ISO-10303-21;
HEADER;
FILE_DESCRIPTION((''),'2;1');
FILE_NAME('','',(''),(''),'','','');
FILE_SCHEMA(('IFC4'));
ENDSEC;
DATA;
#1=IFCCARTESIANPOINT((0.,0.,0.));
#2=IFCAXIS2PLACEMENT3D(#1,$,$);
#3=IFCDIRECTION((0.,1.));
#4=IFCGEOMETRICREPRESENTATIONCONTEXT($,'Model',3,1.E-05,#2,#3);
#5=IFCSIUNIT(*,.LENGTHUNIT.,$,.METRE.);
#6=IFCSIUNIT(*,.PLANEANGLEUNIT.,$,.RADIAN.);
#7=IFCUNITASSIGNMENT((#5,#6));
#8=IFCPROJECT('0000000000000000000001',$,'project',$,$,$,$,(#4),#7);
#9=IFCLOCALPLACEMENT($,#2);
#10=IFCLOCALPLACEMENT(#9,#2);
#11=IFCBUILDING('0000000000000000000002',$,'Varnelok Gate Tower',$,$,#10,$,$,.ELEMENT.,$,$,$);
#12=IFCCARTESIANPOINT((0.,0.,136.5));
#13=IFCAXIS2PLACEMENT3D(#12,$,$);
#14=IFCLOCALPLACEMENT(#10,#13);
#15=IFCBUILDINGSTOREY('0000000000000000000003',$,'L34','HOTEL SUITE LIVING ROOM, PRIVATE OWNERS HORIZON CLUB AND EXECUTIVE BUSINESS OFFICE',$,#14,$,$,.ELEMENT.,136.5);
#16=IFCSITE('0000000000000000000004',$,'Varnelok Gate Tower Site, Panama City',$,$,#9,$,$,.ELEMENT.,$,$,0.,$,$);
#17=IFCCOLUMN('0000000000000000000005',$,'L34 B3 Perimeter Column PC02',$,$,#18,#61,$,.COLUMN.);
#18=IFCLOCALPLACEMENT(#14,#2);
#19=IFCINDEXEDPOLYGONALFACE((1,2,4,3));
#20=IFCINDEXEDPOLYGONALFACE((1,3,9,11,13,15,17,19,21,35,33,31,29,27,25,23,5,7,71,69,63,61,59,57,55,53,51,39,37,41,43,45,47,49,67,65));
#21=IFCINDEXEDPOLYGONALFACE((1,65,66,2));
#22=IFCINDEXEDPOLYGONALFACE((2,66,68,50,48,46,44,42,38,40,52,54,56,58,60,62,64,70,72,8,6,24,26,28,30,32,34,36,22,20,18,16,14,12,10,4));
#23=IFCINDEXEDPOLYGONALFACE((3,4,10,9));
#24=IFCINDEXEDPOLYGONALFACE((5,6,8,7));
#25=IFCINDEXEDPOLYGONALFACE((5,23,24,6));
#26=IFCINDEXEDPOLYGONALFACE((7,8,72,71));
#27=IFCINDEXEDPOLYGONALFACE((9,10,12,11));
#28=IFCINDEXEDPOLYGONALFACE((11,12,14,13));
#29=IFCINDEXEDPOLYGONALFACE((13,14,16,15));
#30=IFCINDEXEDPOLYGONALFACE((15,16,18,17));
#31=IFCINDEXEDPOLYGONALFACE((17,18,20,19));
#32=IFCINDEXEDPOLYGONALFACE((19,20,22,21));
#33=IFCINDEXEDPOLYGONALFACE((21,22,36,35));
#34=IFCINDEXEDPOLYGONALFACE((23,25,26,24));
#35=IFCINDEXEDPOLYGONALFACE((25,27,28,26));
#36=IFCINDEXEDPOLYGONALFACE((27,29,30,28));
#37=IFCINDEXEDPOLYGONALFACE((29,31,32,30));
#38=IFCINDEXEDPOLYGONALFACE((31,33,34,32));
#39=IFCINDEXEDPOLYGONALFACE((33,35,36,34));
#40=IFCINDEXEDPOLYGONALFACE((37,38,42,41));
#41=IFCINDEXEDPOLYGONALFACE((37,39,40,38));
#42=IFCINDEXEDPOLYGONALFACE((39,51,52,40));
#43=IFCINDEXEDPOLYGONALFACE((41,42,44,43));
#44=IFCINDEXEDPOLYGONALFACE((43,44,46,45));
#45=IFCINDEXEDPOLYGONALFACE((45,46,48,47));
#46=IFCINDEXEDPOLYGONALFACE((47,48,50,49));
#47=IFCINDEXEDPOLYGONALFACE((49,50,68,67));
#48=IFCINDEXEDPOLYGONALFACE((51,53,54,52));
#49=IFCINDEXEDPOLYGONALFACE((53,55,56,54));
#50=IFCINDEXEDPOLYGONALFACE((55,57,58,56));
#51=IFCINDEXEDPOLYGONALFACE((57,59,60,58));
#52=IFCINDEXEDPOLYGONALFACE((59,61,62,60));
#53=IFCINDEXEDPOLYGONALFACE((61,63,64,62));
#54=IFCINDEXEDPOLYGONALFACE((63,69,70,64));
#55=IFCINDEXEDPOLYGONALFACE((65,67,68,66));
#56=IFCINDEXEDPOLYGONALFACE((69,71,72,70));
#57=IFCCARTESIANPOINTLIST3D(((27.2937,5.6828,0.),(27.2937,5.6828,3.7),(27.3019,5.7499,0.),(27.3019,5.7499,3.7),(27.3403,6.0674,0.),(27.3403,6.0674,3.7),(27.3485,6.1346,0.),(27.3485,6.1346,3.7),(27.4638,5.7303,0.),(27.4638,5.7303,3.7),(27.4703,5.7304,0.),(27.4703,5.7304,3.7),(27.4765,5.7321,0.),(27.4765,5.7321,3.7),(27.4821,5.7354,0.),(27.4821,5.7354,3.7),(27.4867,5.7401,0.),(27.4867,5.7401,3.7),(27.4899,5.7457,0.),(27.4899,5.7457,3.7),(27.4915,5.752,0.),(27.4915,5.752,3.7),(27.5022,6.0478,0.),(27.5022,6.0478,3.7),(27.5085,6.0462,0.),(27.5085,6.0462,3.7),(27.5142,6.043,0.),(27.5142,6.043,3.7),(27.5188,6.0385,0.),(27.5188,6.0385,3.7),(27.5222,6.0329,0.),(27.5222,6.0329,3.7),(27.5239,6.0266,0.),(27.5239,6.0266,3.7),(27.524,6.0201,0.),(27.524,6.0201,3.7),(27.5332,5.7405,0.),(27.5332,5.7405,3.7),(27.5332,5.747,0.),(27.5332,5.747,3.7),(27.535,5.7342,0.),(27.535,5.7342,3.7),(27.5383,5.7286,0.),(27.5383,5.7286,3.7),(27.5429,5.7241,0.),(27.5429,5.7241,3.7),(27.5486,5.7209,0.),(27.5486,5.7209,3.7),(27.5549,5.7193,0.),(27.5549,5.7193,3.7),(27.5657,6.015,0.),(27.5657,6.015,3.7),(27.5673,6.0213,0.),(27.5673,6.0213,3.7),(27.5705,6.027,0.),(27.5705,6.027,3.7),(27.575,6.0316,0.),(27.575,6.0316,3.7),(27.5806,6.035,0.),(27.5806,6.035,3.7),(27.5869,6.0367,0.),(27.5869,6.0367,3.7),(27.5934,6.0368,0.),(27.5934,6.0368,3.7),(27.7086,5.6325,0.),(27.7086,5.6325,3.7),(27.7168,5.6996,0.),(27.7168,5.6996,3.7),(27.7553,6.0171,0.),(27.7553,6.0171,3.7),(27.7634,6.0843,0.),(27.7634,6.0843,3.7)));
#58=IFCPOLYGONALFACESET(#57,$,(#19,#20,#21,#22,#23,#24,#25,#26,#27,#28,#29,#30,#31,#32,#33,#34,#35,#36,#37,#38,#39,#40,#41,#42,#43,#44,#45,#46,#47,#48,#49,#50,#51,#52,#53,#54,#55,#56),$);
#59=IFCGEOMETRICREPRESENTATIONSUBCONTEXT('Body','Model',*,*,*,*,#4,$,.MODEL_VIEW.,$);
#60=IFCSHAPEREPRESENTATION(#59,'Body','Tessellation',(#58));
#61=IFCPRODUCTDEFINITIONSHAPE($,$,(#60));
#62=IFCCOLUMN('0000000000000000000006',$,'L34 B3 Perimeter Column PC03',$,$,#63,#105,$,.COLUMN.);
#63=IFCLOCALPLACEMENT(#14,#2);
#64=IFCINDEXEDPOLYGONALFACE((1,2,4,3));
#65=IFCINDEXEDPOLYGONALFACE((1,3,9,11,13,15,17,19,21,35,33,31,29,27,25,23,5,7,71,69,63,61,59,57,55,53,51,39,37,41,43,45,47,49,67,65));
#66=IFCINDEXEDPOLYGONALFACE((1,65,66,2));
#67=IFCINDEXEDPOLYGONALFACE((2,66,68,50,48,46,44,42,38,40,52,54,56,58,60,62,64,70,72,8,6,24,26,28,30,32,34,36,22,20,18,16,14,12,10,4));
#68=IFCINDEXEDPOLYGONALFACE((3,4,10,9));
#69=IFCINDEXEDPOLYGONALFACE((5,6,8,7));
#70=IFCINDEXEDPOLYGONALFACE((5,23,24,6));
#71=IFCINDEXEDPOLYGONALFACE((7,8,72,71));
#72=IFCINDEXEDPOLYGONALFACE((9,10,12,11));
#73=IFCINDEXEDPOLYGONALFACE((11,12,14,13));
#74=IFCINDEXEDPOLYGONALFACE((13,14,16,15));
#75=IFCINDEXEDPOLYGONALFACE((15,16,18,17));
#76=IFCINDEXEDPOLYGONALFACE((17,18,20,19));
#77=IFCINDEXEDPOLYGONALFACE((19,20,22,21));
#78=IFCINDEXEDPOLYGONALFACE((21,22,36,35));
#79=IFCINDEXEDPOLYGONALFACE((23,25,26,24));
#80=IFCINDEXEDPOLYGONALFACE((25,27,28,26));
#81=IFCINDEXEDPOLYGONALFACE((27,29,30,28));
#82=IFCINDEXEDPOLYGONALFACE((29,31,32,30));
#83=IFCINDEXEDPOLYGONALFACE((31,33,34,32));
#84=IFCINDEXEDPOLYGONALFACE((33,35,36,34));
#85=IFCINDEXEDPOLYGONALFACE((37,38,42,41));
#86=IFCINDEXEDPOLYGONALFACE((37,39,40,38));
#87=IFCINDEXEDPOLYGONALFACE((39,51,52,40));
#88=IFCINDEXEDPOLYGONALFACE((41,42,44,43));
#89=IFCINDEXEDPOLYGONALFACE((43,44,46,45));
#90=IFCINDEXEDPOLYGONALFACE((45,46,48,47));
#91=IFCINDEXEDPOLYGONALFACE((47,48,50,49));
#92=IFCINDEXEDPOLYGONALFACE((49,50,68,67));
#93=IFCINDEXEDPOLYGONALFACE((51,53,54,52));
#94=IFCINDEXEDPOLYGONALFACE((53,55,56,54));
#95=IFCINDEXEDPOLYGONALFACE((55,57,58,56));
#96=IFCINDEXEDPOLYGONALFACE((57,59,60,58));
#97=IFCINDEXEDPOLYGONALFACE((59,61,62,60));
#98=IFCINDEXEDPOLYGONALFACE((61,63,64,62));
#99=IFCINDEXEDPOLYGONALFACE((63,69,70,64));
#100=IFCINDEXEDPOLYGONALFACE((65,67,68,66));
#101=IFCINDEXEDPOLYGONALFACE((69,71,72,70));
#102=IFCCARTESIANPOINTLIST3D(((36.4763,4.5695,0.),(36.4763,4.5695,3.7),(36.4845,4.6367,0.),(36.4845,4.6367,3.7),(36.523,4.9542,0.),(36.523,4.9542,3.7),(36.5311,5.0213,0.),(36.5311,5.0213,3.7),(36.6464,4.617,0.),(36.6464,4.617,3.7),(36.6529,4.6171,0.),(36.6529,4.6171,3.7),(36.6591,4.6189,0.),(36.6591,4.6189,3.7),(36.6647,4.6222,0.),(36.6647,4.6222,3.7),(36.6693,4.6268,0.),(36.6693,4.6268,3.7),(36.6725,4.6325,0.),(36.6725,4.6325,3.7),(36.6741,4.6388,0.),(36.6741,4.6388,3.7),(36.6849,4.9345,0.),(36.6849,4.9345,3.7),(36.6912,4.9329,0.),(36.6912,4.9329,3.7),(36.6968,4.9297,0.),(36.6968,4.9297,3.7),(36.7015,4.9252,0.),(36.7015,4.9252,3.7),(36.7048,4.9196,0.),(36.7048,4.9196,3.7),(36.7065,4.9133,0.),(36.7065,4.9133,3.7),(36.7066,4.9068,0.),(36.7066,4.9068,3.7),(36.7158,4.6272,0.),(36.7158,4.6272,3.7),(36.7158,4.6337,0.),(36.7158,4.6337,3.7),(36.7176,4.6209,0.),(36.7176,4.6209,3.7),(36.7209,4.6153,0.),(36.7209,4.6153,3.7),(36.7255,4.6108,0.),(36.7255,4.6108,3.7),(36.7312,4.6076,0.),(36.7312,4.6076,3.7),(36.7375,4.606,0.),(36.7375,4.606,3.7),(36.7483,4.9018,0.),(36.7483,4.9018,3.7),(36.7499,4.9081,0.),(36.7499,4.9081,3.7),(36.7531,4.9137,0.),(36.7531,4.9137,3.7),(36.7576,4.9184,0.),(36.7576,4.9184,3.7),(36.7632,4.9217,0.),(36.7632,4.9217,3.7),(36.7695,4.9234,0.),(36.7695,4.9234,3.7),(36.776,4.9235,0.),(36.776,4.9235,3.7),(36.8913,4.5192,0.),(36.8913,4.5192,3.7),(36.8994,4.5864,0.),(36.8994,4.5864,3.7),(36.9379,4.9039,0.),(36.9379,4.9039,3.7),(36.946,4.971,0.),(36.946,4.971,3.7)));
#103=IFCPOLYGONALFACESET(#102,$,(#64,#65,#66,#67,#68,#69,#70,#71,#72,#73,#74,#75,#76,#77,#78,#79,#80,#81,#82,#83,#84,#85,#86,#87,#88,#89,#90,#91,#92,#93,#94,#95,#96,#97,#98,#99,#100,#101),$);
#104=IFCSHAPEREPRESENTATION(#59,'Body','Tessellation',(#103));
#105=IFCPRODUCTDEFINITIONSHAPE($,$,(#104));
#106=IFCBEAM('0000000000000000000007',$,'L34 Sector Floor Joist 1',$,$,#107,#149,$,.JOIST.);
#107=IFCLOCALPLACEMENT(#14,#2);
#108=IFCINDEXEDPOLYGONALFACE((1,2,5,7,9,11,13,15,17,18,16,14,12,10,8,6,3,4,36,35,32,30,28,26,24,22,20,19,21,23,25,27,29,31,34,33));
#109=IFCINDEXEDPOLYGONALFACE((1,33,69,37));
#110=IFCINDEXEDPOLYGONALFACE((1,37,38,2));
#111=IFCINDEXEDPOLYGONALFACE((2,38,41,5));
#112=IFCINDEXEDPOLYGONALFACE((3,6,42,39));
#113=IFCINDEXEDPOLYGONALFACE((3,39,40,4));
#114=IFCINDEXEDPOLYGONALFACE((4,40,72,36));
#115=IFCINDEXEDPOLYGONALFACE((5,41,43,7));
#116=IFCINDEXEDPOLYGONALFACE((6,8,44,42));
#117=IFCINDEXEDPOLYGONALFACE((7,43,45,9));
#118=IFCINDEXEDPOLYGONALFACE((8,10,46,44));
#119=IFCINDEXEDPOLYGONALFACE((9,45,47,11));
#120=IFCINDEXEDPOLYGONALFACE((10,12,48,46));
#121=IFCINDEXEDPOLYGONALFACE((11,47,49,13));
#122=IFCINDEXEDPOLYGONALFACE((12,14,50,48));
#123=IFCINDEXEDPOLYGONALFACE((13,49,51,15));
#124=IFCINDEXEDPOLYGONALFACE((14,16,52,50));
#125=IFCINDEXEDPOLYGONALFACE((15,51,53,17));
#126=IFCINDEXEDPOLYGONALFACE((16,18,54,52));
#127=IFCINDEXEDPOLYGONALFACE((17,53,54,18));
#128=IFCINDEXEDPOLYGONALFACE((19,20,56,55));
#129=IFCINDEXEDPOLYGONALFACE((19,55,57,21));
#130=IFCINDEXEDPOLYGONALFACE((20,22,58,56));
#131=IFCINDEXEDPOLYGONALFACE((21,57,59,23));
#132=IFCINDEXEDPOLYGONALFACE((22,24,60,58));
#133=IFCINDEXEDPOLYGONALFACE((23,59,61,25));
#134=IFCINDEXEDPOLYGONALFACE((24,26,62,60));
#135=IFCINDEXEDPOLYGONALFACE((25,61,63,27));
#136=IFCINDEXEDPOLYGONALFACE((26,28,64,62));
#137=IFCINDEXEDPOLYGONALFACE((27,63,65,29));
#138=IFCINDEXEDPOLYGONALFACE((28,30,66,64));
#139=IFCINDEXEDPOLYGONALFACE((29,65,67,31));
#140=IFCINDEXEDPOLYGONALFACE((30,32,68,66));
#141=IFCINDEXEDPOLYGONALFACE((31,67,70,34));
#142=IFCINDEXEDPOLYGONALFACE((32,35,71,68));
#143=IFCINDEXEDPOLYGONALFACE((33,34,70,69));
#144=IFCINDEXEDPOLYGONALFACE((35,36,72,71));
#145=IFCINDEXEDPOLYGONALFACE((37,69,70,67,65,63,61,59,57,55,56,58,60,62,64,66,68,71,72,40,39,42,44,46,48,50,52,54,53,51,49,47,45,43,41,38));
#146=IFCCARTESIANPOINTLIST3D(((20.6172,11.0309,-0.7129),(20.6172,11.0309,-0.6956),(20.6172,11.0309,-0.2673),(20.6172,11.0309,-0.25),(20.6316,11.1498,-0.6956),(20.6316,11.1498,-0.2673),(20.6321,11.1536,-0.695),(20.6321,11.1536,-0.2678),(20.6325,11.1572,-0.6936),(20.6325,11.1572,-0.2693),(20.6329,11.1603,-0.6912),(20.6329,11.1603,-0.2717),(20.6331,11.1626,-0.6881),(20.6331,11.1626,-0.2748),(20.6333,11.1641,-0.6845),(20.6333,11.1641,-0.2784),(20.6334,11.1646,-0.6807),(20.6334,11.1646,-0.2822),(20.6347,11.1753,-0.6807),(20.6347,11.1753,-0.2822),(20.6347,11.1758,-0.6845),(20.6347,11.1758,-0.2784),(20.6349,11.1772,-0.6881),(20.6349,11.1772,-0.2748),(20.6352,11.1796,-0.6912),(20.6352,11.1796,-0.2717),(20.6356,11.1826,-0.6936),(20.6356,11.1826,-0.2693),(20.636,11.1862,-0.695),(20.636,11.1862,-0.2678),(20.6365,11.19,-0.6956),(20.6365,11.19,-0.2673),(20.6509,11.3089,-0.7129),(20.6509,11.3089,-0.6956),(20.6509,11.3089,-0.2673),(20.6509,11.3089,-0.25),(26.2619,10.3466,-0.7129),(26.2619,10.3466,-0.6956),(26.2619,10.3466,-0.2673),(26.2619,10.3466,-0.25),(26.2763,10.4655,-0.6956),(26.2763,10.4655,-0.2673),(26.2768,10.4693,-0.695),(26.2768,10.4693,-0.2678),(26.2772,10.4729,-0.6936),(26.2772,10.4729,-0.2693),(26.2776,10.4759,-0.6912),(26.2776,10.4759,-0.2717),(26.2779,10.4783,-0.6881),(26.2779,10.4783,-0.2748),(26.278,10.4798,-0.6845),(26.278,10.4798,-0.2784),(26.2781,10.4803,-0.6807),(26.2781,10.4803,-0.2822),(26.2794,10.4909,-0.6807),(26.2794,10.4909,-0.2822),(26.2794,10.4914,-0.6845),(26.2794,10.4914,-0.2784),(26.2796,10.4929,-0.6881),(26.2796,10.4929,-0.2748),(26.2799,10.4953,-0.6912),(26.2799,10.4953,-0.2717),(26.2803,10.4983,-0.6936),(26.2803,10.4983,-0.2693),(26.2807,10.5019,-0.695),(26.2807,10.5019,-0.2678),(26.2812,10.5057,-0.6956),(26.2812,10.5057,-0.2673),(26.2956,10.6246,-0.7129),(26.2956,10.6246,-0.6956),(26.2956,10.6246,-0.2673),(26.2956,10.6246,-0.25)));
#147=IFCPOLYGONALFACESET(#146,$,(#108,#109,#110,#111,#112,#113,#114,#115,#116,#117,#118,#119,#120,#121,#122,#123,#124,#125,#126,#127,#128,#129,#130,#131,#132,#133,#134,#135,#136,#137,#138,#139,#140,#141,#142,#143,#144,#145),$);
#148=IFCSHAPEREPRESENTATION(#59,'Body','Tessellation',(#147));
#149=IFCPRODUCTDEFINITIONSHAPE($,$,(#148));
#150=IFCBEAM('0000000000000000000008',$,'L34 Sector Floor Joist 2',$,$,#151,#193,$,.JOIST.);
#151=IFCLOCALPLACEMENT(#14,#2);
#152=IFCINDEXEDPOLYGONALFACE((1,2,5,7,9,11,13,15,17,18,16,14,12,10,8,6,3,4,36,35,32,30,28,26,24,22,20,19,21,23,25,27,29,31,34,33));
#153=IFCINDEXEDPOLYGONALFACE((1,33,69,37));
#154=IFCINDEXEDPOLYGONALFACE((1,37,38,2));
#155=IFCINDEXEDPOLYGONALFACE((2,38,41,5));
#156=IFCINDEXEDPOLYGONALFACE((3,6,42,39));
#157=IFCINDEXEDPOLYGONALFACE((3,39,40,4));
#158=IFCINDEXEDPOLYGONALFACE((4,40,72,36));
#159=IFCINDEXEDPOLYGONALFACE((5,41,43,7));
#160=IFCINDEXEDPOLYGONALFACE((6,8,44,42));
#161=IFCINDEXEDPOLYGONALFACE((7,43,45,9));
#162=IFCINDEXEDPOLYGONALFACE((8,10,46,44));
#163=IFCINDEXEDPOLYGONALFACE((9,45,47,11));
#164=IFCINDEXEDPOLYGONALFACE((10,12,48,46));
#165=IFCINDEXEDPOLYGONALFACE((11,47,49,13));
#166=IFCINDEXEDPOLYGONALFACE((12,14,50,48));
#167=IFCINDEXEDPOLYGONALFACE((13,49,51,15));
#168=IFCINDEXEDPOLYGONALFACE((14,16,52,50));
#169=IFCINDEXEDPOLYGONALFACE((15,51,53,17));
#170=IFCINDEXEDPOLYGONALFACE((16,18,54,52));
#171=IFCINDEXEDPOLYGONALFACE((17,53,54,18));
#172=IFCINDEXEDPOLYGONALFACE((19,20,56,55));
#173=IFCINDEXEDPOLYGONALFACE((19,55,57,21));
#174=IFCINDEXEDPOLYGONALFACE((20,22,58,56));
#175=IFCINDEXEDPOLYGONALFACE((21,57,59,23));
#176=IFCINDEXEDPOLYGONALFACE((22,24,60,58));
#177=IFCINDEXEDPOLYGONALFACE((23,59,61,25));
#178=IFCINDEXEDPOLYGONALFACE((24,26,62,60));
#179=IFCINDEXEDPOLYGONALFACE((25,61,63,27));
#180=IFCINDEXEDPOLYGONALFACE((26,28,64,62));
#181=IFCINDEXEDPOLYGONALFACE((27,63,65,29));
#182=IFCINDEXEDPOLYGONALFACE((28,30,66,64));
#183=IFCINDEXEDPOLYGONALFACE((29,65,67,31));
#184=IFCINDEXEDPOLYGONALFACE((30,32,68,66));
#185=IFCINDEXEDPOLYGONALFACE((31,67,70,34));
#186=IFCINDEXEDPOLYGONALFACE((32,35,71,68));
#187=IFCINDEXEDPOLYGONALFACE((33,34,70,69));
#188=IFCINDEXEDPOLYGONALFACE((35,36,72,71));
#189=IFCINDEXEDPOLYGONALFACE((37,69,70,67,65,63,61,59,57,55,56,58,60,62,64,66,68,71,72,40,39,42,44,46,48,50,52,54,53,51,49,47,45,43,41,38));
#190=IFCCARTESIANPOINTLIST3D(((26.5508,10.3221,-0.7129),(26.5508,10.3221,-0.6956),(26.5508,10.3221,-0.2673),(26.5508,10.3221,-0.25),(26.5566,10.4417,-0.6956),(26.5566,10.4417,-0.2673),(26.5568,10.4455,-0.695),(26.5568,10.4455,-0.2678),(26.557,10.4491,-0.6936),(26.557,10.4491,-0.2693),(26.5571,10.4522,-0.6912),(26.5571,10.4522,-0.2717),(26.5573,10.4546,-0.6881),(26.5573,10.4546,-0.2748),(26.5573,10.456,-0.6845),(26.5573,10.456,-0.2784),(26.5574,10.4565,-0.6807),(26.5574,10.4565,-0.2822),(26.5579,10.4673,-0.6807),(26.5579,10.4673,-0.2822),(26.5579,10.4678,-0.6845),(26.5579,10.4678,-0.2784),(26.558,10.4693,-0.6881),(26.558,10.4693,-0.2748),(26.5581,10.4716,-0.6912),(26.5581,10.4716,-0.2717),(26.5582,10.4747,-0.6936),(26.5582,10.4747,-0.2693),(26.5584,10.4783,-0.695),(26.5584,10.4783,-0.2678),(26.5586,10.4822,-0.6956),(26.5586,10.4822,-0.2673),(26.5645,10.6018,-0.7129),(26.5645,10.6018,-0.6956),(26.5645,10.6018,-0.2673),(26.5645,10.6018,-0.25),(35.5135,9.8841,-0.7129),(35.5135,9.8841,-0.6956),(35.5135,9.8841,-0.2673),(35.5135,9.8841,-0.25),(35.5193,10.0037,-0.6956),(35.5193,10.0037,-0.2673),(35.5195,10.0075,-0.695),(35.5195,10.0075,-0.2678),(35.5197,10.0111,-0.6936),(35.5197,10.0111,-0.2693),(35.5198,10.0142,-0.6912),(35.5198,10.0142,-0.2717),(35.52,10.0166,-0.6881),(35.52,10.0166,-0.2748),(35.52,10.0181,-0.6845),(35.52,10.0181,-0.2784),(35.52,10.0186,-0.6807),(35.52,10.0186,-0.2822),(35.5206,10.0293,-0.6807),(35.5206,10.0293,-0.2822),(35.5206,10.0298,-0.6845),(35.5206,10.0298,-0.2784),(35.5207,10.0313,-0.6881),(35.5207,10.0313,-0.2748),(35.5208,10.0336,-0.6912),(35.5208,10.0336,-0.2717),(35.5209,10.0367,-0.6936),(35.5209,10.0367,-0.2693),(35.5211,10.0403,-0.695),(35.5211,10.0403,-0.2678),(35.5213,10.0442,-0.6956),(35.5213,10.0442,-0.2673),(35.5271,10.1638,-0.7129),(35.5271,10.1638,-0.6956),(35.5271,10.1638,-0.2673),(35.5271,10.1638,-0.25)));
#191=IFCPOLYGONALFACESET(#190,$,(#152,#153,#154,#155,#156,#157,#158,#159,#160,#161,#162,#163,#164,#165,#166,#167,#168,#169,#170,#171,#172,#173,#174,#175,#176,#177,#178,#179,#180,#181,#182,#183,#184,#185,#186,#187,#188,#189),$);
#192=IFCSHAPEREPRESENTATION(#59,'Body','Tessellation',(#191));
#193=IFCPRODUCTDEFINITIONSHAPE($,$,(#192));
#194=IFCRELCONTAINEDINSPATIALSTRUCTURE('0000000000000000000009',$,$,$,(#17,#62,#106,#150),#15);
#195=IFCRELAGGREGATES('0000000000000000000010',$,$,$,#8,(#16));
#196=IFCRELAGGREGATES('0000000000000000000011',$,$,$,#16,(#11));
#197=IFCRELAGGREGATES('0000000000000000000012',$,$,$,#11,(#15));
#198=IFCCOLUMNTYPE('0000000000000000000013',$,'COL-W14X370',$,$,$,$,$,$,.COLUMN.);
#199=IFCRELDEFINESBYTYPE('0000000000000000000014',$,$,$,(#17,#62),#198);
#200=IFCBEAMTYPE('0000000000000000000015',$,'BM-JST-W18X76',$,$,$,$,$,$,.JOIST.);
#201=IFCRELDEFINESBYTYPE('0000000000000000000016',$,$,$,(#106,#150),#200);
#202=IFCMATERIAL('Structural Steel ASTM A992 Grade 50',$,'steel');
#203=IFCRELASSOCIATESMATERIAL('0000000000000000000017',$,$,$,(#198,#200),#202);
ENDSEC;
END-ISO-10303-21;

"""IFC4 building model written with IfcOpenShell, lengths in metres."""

from ifc_helpers import new_model, si_unit, direction, frame, origin, origin_2d, place, context, subcontext, project, spatial, i_section, extrude, material, material_profile, profile_set, type_object, element, save


model = new_model("IFC4")

# Units and contexts
model_context = context("Model", 3, precision=1e-05, world=origin(), true_north=direction((0.0, 1.0)))
body_context = subcontext(model_context, "Body", "Model", "MODEL_VIEW")
ifc_project = project(units=[si_unit("LENGTHUNIT", "METRE"), si_unit("PLANEANGLEUNIT", "RADIAN")], contexts=[model_context])

# Site, building, storey
site_placement = place(None, origin())
site = spatial("IfcSite", under=ifc_project, at=site_placement, Name="Varnelok Gate Tower Site, Panama City", CompositionType="ELEMENT", RefElevation=0.0)
building_placement = place(site_placement, origin())
building = spatial("IfcBuilding", under=site, at=building_placement, Name="Varnelok Gate Tower", CompositionType="ELEMENT")
storey_placement = place(building_placement, frame((0.0, 0.0, 136.5)))
storey = spatial("IfcBuildingStorey", under=building, at=storey_placement, Name="L34", Description="HOTEL SUITE LIVING ROOM, PRIVATE OWNERS HORIZON CLUB AND EXECUTIVE BUSINESS OFFICE", CompositionType="ELEMENT", Elevation=136.5)

# Columns
ifc_material_1 = material(Name="Structural Steel ASTM A992 Grade 50", Category="steel")
ifc_material_profile_1 = material_profile(ifc_material_1, i_section(OverallWidth=0.418, OverallDepth=0.4551, WebThickness=0.042, FlangeThickness=0.0676, FilletRadius=0.0249, at=origin_2d()), Name="W14X370")
ifc_profile_set_1 = profile_set([ifc_material_profile_1], Name="Structural Steel ASTM A992 Grade 50")
column_type = type_object("IfcColumnType", Name="COL-W14X370", PredefinedType="COLUMN", material=ifc_profile_set_1)
for number, where, z_axis, x_axis, name in (
    (1, (27.5286, 5.8835, 0.0), (0.0, 0.0, 1.0), (0.992732, -0.120345, 0.0), "L34 B3 Perimeter Column PC02"),
    (2, (36.7112, 4.7703, 0.0), (0.0, 0.0, 1.0), (0.992732, -0.120345, 0.0), "L34 B3 Perimeter Column PC03"),
):
    element("IfcColumn", number, at=place(storey_placement, frame(where, z_axis=z_axis, x_axis=x_axis)), inside=storey, type_object=column_type, Name=name, PredefinedType="COLUMN", context=body_context, shape_type="SweptSolid", body=[
        extrude(i_section(OverallWidth=0.418, OverallDepth=0.4551, WebThickness=0.042, FlangeThickness=0.0676, FilletRadius=0.0249, at=origin_2d()), origin(), (0.0, 0.0, 1.0), 3.7),
    ])

# Beams
ifc_material_profile_2 = material_profile(ifc_material_1, i_section(OverallWidth=0.28, OverallDepth=0.4629, WebThickness=0.0107, FlangeThickness=0.0173, FilletRadius=0.0149, at=origin_2d()), Name="W18X76")
ifc_profile_set_2 = profile_set([ifc_material_profile_2], Name="Structural Steel ASTM A992 Grade 50")
beam_type_1 = type_object("IfcBeamType", Name="BM-JST-W18X76", PredefinedType="JOIST", material=ifc_profile_set_2)
beam_1_placement = place(storey_placement, frame((20.634, 11.1699, -0.4814), z_axis=(0.992731, -0.120351, 0.0), x_axis=(0.120351, 0.992731, 0.0)))
element("IfcBeam", 3, at=beam_1_placement, inside=storey, type_object=beam_type_1, Name="L34 Sector Floor Joist 1", PredefinedType="JOIST", context=body_context, shape_type="SweptSolid", body=[
    extrude(i_section(OverallWidth=0.28, OverallDepth=0.4629, WebThickness=0.0107, FlangeThickness=0.0173, FilletRadius=0.0149, at=origin_2d()), origin(), (0.0, 0.0, 1.0), 5.686),
])
beam_2_placement = place(storey_placement, frame((26.5576, 10.4619, -0.4814), z_axis=(0.998808, -0.04881, 0.0), x_axis=(0.04881, 0.998808, 0.0)))
element("IfcBeam", 4, at=beam_2_placement, inside=storey, type_object=beam_type_1, Name="L34 Sector Floor Joist 2", PredefinedType="JOIST", context=body_context, shape_type="SweptSolid", body=[
    extrude(i_section(OverallWidth=0.28, OverallDepth=0.4629, WebThickness=0.0107, FlangeThickness=0.0173, FilletRadius=0.0149, at=origin_2d()), origin(), (0.0, 0.0, 1.0), 8.9734),
])

save(model, "model.ifc")
